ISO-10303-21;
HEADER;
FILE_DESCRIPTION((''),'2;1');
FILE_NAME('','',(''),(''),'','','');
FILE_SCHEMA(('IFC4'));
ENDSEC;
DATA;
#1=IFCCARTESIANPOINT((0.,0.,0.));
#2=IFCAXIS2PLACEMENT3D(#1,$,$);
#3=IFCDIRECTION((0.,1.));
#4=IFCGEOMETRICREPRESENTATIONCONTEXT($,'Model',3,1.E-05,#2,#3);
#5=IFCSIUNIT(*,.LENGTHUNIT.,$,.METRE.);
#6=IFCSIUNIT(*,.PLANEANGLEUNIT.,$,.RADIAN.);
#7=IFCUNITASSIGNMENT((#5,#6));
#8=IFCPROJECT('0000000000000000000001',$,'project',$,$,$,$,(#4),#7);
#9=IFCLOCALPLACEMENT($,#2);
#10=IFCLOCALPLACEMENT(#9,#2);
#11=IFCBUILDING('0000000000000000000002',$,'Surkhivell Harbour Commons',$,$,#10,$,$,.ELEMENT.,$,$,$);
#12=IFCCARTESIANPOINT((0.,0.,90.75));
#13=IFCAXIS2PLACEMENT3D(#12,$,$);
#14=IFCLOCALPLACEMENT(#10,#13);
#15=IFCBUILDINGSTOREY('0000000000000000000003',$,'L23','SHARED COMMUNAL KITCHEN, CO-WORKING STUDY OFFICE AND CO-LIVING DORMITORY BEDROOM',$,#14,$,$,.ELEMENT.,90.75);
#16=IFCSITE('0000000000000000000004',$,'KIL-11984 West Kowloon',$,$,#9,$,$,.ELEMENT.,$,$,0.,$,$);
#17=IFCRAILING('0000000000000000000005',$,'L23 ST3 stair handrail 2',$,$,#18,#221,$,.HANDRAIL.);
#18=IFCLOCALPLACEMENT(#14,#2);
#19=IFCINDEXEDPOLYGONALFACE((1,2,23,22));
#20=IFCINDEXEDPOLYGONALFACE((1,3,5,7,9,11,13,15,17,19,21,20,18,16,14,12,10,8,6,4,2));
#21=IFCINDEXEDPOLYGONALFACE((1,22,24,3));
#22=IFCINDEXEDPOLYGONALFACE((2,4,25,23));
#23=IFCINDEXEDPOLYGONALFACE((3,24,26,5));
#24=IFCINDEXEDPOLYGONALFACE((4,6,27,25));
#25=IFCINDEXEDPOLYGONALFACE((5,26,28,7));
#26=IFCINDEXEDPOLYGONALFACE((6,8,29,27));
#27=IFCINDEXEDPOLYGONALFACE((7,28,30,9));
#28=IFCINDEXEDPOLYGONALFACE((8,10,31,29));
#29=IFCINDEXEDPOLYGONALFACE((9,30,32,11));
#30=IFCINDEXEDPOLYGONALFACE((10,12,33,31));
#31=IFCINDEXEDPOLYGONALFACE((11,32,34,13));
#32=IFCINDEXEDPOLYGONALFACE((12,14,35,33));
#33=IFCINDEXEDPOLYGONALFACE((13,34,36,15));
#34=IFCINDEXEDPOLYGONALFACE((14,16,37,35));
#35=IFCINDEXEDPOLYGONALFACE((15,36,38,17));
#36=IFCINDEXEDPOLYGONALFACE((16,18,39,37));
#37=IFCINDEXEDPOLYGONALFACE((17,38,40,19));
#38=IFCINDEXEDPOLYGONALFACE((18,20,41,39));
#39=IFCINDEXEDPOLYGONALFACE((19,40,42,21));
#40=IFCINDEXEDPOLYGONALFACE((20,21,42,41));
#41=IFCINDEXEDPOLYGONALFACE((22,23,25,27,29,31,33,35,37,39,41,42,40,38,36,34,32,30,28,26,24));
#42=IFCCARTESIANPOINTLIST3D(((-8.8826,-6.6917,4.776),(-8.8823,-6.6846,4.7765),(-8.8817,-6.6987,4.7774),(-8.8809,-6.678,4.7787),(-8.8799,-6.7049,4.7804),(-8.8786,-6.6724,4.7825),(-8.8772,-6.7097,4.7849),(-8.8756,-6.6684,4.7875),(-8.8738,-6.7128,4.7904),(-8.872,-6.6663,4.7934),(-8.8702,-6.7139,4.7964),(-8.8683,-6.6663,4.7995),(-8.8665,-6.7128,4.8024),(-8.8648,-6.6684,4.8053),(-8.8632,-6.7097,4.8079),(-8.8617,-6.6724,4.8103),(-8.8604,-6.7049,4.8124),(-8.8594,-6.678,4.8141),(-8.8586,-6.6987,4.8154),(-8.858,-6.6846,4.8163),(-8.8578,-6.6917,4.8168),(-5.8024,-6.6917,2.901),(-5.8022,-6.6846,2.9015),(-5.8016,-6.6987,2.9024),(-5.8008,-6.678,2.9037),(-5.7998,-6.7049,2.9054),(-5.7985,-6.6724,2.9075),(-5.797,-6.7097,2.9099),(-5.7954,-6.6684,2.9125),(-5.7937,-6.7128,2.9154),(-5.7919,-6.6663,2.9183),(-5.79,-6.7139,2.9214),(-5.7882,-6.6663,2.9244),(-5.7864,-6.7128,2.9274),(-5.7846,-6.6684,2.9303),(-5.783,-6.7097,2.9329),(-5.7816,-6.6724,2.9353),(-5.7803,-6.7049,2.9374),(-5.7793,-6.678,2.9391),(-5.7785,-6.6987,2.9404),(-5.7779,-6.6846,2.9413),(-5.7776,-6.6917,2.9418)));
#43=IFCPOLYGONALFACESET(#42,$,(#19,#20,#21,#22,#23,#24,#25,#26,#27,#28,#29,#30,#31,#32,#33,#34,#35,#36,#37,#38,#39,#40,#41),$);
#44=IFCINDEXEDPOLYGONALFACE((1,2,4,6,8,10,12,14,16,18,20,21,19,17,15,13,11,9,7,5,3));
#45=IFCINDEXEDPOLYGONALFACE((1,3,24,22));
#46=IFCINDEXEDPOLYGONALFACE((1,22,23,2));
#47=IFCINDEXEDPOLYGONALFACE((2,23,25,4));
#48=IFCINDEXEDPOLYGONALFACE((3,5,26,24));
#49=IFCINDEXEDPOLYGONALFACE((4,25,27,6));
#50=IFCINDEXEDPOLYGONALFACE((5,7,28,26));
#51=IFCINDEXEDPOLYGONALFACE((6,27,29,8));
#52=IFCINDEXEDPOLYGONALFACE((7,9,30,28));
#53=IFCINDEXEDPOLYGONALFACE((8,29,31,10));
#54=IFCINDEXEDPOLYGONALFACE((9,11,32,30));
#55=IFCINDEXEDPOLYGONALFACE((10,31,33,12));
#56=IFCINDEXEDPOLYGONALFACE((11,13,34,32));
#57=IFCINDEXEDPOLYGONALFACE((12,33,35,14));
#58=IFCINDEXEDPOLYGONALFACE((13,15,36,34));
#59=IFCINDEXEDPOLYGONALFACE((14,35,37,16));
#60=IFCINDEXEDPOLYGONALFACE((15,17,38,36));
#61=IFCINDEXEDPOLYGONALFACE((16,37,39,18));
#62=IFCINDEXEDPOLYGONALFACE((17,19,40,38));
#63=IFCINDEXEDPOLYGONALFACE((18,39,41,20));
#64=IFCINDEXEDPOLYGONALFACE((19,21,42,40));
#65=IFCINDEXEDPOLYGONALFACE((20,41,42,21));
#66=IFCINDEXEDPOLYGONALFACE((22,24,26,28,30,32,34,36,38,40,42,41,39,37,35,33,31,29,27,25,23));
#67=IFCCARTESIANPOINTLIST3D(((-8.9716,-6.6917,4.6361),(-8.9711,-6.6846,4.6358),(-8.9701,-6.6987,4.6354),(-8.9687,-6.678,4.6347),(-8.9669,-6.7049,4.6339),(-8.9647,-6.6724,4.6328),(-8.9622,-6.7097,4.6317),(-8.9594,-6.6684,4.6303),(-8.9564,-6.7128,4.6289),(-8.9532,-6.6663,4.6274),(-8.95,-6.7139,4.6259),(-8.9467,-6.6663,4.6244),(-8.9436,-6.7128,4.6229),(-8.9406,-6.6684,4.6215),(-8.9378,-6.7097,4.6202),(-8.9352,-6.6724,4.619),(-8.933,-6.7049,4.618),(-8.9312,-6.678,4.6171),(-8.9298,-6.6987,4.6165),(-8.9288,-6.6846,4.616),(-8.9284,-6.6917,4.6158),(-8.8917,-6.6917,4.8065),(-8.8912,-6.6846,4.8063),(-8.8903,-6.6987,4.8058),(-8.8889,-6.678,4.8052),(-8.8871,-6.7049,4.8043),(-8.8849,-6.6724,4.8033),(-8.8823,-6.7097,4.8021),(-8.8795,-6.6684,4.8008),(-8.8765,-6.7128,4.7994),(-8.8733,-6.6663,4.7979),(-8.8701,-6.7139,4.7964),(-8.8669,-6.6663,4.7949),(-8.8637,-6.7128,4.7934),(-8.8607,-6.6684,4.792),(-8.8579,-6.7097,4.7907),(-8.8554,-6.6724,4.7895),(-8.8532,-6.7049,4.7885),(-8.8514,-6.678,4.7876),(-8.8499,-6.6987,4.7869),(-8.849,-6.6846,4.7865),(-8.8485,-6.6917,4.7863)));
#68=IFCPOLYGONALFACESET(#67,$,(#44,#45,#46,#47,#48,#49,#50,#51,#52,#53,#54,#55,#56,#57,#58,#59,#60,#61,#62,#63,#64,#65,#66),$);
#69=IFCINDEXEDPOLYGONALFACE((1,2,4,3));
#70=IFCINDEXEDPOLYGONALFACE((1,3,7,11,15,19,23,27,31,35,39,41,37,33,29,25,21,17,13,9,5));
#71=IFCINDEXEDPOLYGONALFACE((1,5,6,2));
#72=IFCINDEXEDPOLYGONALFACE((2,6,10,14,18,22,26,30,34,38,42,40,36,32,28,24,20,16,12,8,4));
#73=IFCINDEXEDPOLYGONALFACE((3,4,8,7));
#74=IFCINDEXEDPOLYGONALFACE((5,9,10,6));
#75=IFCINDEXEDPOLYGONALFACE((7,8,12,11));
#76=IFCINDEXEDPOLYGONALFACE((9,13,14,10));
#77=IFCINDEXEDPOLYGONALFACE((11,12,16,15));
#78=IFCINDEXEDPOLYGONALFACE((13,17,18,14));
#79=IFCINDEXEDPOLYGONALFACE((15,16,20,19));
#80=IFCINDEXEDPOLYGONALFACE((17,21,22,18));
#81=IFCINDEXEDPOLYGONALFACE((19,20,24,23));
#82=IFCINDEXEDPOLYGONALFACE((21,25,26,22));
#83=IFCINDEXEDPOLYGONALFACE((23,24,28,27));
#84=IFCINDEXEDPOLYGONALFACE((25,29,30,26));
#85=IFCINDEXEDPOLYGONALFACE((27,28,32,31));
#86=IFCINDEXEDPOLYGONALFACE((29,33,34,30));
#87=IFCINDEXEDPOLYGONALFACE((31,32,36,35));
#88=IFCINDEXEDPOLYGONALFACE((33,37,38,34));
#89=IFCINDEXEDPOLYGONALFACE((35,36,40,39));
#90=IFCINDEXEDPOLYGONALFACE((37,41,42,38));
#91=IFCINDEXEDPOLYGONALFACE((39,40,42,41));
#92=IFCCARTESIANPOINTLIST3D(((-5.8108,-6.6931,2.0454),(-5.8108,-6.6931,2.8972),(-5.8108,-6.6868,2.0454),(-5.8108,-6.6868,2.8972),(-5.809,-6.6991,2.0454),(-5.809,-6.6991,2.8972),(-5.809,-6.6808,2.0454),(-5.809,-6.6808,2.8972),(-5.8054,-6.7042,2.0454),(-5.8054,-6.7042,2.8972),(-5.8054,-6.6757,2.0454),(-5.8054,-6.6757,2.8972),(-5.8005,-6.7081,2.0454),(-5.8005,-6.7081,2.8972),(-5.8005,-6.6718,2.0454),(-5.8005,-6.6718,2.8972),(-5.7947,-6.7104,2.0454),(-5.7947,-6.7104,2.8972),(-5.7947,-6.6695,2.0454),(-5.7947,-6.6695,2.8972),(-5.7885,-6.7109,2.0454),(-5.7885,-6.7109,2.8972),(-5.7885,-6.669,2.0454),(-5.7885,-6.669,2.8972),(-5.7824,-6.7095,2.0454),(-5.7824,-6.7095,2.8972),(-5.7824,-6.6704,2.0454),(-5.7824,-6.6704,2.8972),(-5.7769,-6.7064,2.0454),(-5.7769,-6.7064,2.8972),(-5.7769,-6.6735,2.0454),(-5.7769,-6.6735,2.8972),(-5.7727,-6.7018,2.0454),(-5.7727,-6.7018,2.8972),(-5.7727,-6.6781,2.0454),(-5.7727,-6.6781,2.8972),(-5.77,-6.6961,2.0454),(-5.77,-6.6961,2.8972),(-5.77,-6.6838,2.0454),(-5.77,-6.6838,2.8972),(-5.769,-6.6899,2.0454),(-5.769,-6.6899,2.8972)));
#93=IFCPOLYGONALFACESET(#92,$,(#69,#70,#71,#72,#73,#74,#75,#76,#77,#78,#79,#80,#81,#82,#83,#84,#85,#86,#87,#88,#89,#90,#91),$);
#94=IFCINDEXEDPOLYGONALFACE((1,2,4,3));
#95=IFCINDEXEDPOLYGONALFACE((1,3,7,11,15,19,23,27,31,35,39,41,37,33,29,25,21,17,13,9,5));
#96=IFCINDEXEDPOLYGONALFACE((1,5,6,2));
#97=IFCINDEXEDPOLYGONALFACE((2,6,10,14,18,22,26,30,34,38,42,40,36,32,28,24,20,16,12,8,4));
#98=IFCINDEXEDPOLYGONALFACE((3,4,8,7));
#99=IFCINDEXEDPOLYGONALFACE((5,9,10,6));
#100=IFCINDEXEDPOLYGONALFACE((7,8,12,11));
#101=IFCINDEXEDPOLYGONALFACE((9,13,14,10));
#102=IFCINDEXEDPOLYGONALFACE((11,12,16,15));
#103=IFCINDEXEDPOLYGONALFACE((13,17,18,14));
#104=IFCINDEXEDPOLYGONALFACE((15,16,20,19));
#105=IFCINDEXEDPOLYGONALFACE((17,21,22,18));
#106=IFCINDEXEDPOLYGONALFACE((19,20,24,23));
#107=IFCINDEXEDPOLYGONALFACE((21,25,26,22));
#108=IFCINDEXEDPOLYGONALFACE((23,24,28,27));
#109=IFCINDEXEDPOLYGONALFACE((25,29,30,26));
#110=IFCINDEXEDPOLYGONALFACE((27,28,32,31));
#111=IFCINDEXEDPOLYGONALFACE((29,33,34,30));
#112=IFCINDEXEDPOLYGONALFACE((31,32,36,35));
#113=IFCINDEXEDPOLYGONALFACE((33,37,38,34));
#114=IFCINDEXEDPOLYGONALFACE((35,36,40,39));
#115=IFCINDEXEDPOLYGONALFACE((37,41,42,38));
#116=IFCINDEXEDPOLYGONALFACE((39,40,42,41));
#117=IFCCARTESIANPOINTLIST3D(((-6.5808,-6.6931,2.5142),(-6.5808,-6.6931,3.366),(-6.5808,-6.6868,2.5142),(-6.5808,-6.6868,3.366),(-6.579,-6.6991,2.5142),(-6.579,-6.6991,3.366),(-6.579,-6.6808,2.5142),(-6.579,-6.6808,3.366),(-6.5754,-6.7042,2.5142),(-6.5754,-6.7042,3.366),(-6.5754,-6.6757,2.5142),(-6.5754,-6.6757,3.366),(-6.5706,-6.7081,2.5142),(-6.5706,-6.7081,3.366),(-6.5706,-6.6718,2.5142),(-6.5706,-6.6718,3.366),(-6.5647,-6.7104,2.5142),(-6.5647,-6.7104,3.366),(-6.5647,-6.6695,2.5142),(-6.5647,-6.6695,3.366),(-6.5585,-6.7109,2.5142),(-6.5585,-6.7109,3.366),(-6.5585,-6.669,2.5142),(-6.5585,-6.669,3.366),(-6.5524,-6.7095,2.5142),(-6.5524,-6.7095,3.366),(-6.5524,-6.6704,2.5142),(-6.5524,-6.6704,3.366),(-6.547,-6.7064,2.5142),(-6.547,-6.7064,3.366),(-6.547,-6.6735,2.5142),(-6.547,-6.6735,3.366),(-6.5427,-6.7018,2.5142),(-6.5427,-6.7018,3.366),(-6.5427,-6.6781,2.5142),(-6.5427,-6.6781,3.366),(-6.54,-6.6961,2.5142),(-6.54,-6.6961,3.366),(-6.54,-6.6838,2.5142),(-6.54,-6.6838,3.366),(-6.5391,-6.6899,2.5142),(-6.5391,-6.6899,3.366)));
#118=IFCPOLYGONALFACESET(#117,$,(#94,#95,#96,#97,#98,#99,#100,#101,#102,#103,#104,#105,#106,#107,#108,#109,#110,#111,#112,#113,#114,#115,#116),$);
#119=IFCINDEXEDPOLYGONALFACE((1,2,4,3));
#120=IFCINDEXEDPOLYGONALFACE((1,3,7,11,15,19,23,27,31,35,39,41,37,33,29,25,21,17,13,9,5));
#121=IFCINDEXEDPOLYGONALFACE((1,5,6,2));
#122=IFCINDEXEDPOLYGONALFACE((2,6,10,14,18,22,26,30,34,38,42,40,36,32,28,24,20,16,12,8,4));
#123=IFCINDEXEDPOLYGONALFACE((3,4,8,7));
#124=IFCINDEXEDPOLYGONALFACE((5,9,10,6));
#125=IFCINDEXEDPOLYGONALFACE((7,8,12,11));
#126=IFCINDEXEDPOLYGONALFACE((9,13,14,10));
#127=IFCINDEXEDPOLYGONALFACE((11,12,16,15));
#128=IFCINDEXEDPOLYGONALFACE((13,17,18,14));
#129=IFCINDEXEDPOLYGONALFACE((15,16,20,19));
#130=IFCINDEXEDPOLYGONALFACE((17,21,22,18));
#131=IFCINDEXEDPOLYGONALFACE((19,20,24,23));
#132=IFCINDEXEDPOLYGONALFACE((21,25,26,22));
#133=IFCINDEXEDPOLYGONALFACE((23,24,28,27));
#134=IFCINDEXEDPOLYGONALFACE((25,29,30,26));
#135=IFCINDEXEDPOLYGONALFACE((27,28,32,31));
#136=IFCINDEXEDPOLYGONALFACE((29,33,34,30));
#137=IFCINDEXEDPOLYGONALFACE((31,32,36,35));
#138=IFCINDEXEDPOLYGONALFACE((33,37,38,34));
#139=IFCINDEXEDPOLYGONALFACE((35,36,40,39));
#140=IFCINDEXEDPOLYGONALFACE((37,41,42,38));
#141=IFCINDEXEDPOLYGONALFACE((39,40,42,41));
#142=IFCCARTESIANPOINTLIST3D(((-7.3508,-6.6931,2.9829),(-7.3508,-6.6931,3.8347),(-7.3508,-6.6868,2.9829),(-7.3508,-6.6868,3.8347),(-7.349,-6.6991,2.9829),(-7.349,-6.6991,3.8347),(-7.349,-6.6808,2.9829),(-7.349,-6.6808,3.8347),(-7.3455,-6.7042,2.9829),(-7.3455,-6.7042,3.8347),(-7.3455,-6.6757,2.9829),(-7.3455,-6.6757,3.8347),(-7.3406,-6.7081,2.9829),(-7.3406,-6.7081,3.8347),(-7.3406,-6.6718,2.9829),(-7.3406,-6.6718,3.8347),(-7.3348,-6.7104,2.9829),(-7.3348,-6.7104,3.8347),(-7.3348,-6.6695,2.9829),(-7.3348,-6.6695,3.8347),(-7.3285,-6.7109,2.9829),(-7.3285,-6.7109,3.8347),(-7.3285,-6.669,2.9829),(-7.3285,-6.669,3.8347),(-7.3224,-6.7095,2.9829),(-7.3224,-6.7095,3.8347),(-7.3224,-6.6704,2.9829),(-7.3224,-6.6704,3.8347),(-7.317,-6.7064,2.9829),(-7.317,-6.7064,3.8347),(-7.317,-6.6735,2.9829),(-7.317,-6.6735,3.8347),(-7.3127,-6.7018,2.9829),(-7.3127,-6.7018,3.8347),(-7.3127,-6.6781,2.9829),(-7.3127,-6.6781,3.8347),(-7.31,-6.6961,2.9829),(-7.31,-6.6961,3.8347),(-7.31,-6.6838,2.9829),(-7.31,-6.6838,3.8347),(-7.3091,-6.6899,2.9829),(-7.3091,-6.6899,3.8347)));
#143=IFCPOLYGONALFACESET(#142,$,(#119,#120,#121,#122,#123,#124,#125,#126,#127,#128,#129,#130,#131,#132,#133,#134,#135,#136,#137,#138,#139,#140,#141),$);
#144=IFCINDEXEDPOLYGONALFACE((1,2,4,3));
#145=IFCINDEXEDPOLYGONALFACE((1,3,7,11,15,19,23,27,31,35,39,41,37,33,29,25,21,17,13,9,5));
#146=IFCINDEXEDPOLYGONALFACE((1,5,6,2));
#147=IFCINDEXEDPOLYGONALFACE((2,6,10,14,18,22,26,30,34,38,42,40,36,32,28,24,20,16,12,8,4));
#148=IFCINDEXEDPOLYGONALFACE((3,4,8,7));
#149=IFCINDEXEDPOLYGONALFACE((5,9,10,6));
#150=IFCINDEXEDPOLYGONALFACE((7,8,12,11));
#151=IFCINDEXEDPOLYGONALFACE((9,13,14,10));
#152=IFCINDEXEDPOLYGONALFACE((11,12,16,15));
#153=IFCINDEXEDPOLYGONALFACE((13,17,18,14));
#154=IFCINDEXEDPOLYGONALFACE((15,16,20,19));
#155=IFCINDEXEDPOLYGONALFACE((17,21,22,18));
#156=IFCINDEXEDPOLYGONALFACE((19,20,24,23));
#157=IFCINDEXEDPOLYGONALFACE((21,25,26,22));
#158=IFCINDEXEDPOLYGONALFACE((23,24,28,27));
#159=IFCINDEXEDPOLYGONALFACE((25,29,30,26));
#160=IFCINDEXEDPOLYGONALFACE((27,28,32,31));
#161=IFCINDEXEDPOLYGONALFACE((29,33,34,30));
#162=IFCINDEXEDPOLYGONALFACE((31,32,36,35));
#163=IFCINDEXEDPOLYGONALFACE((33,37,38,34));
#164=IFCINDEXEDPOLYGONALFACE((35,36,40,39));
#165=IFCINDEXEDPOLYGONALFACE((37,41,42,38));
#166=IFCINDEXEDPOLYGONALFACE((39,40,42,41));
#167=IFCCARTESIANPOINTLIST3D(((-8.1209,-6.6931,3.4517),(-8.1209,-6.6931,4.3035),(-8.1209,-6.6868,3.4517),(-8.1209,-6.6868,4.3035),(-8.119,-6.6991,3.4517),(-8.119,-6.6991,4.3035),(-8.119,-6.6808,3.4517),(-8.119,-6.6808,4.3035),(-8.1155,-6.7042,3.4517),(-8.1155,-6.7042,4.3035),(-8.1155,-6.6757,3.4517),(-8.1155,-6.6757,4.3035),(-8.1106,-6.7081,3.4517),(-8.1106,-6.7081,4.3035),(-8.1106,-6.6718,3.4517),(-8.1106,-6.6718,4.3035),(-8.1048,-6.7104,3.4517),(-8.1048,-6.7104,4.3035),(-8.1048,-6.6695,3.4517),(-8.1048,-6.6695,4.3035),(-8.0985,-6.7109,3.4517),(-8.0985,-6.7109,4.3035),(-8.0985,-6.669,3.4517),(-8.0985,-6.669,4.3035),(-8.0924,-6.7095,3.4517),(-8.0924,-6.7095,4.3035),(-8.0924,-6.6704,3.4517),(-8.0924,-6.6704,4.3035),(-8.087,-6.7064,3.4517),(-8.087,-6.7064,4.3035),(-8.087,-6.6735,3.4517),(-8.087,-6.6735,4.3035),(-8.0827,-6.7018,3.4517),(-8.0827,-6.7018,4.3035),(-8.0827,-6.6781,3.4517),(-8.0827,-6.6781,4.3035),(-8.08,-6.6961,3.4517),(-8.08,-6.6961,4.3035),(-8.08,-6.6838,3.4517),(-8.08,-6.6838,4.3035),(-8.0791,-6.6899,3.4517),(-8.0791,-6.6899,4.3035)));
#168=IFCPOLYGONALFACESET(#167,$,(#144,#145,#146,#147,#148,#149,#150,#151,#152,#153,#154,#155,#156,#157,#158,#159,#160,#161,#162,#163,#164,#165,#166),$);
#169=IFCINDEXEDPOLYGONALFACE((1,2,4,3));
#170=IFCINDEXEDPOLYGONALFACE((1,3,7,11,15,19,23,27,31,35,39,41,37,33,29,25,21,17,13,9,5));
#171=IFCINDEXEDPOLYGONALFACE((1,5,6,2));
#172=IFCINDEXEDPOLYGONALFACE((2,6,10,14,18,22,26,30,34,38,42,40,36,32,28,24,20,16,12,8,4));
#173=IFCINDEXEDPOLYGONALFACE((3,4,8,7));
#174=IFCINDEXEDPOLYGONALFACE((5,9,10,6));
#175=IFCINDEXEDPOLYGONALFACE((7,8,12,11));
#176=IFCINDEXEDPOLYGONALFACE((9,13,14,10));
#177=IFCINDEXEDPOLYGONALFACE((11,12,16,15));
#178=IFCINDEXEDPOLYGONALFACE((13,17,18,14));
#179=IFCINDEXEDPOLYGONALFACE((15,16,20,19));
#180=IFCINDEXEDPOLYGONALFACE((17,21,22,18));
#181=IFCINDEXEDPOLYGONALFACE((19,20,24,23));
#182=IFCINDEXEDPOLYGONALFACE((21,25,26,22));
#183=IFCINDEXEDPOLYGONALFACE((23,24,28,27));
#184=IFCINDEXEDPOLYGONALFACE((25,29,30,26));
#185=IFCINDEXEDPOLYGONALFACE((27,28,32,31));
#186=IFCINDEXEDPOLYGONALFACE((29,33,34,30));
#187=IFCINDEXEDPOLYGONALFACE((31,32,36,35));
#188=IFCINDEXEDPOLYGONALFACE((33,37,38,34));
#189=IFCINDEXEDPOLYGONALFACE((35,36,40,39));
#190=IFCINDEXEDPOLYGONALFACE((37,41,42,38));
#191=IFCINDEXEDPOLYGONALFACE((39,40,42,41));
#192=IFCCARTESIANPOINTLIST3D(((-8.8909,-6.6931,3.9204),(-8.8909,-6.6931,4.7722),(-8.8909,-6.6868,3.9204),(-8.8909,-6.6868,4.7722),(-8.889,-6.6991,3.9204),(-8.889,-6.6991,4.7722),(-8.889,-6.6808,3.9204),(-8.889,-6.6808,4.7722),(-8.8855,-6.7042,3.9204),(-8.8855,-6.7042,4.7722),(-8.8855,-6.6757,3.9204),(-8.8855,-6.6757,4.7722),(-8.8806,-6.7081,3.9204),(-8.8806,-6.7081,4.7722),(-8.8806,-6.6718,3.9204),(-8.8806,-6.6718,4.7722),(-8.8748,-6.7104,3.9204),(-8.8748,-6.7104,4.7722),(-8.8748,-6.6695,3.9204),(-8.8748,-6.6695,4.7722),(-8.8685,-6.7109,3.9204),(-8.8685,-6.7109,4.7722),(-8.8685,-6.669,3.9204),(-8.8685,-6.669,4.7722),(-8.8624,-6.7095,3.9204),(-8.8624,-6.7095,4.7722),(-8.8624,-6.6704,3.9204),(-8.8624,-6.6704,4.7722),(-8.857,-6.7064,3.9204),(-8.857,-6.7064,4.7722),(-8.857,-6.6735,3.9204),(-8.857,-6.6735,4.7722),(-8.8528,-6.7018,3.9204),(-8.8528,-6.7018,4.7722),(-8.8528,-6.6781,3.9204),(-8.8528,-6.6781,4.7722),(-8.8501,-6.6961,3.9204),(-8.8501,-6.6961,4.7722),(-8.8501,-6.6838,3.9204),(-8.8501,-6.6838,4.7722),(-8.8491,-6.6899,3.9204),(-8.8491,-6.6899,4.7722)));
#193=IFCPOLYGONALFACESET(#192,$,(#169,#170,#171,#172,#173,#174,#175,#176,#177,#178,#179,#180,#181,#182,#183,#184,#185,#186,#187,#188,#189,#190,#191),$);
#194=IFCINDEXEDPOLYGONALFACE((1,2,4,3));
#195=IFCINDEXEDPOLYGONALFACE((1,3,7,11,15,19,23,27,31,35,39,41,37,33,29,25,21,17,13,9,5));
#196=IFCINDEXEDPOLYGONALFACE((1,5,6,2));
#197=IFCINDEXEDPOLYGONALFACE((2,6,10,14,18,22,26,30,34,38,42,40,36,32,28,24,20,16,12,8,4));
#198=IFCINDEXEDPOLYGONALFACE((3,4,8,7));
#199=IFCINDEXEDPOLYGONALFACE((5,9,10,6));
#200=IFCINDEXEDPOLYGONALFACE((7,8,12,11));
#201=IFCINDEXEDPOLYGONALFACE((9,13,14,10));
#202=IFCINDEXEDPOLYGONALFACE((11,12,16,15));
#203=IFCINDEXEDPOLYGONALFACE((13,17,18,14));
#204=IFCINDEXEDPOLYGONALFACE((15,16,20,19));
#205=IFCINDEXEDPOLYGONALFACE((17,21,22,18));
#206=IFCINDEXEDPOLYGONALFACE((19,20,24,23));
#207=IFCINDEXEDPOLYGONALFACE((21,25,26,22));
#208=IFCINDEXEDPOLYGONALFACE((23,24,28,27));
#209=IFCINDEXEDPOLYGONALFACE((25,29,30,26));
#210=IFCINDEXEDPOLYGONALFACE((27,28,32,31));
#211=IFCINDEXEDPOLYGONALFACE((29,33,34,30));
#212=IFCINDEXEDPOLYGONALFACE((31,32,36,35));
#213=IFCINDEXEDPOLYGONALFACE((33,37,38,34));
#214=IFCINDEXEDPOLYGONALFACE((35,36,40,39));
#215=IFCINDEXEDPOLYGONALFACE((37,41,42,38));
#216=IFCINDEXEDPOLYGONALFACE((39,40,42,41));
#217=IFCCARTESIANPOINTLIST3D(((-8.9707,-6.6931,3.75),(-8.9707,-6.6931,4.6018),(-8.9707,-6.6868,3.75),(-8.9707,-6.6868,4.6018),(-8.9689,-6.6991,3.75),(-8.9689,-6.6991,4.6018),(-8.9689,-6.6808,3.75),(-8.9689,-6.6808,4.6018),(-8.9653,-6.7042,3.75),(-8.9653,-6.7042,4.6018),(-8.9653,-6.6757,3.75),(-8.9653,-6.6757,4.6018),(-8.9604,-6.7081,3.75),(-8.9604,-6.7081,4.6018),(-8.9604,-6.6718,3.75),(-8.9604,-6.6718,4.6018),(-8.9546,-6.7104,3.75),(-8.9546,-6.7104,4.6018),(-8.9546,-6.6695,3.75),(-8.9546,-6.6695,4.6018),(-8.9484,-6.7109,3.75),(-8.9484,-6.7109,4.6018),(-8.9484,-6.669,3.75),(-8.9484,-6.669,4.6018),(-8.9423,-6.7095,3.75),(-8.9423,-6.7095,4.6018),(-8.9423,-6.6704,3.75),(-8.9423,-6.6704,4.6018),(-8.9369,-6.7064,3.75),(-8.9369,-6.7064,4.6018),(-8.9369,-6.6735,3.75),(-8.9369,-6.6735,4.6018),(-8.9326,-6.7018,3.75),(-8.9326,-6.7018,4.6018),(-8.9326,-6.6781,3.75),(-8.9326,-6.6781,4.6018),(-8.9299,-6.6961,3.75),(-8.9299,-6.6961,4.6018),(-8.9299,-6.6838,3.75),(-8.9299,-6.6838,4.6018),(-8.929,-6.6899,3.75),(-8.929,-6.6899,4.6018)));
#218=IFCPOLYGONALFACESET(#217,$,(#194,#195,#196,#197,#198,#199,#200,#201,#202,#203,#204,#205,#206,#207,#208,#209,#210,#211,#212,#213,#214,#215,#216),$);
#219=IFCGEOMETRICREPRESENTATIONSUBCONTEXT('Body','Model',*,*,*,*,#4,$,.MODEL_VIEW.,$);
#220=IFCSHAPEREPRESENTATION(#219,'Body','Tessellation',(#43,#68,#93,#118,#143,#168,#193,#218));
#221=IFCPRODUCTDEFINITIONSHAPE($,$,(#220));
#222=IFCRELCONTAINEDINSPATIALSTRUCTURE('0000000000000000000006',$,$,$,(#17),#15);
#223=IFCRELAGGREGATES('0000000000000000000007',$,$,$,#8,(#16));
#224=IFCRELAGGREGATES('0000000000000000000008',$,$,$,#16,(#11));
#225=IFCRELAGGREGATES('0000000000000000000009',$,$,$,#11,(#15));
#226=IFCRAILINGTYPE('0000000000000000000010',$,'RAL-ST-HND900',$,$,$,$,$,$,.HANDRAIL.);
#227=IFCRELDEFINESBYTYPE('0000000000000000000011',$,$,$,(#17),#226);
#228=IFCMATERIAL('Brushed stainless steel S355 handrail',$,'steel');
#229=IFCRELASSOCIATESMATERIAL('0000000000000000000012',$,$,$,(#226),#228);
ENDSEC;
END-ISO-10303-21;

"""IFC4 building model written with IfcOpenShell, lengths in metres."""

from ifc_helpers import new_model, si_unit, direction, frame, origin, origin_2d, place, context, subcontext, project, spatial, circle, extrude, material, type_object, element, save


model = new_model("IFC4")

# Units and contexts
model_context = context("Model", 3, precision=1e-05, world=origin(), true_north=direction((0.0, 1.0)))
body_context = subcontext(model_context, "Body", "Model", "MODEL_VIEW")
ifc_project = project(units=[si_unit("LENGTHUNIT", "METRE"), si_unit("PLANEANGLEUNIT", "RADIAN")], contexts=[model_context])

# Site, building, storey
site_placement = place(None, origin())
site = spatial("IfcSite", under=ifc_project, at=site_placement, Name="KIL-11984 West Kowloon", CompositionType="ELEMENT", RefElevation=0.0)
building_placement = place(site_placement, origin())
building = spatial("IfcBuilding", under=site, at=building_placement, Name="Surkhivell Harbour Commons", CompositionType="ELEMENT")
storey_placement = place(building_placement, frame((0.0, 0.0, 90.75)))
storey = spatial("IfcBuildingStorey", under=building, at=storey_placement, Name="L23", Description="SHARED COMMUNAL KITCHEN, CO-WORKING STUDY OFFICE AND CO-LIVING DORMITORY BEDROOM", CompositionType="ELEMENT", Elevation=90.75)

# Railing
ifc_material_1 = material(Name="Brushed stainless steel S355 handrail", Category="steel")
railing_type_1 = type_object("IfcRailingType", Name="RAL-ST-HND900", PredefinedType="HANDRAIL", material=ifc_material_1)
railing_1_placement = place(storey_placement, frame((-5.79, -6.6899, 2.0454)))
element("IfcRailing", 1, at=railing_1_placement, inside=storey, type_object=railing_type_1, Name="L23 ST3 stair handrail 2", PredefinedType="HANDRAIL", context=body_context, shape_type="SweptSolid", body=[
    extrude(circle(Radius=0.0239, at=origin_2d()), frame((0.0, 0.0, 0.876), z_axis=(-0.854178, 0.0, 0.519981), x_axis=(0.0, -1.0, 0.0)), (0.0, 0.0, 1.0), 3.606),
    extrude(circle(Radius=0.0239, at=origin_2d()), frame((-3.0801, 0.0, 2.751), z_axis=(-0.424234, 0.0, -0.905552), x_axis=(0.0, -1.0, 0.0)), (0.0, 0.0, 1.0), 0.1882),
    extrude(circle(Radius=0.021, at=origin_2d()), origin(), (0.0, 0.0, 1.0), 0.8518),
    extrude(circle(Radius=0.021, at=origin_2d()), frame((-0.77, 0.0, 0.4688)), (0.0, 0.0, 1.0), 0.8518),
    extrude(circle(Radius=0.021, at=origin_2d()), frame((-1.54, 0.0, 0.9375)), (0.0, 0.0, 1.0), 0.8518),
    extrude(circle(Radius=0.021, at=origin_2d()), frame((-2.3101, 0.0, 1.4062)), (0.0, 0.0, 1.0), 0.8518),
    extrude(circle(Radius=0.021, at=origin_2d()), frame((-3.0801, 0.0, 1.875)), (0.0, 0.0, 1.0), 0.8518),
    extrude(circle(Radius=0.021, at=origin_2d()), frame((-3.1599, 0.0, 1.7046)), (0.0, 0.0, 1.0), 0.8518),
])

save(model, "model.ifc")
